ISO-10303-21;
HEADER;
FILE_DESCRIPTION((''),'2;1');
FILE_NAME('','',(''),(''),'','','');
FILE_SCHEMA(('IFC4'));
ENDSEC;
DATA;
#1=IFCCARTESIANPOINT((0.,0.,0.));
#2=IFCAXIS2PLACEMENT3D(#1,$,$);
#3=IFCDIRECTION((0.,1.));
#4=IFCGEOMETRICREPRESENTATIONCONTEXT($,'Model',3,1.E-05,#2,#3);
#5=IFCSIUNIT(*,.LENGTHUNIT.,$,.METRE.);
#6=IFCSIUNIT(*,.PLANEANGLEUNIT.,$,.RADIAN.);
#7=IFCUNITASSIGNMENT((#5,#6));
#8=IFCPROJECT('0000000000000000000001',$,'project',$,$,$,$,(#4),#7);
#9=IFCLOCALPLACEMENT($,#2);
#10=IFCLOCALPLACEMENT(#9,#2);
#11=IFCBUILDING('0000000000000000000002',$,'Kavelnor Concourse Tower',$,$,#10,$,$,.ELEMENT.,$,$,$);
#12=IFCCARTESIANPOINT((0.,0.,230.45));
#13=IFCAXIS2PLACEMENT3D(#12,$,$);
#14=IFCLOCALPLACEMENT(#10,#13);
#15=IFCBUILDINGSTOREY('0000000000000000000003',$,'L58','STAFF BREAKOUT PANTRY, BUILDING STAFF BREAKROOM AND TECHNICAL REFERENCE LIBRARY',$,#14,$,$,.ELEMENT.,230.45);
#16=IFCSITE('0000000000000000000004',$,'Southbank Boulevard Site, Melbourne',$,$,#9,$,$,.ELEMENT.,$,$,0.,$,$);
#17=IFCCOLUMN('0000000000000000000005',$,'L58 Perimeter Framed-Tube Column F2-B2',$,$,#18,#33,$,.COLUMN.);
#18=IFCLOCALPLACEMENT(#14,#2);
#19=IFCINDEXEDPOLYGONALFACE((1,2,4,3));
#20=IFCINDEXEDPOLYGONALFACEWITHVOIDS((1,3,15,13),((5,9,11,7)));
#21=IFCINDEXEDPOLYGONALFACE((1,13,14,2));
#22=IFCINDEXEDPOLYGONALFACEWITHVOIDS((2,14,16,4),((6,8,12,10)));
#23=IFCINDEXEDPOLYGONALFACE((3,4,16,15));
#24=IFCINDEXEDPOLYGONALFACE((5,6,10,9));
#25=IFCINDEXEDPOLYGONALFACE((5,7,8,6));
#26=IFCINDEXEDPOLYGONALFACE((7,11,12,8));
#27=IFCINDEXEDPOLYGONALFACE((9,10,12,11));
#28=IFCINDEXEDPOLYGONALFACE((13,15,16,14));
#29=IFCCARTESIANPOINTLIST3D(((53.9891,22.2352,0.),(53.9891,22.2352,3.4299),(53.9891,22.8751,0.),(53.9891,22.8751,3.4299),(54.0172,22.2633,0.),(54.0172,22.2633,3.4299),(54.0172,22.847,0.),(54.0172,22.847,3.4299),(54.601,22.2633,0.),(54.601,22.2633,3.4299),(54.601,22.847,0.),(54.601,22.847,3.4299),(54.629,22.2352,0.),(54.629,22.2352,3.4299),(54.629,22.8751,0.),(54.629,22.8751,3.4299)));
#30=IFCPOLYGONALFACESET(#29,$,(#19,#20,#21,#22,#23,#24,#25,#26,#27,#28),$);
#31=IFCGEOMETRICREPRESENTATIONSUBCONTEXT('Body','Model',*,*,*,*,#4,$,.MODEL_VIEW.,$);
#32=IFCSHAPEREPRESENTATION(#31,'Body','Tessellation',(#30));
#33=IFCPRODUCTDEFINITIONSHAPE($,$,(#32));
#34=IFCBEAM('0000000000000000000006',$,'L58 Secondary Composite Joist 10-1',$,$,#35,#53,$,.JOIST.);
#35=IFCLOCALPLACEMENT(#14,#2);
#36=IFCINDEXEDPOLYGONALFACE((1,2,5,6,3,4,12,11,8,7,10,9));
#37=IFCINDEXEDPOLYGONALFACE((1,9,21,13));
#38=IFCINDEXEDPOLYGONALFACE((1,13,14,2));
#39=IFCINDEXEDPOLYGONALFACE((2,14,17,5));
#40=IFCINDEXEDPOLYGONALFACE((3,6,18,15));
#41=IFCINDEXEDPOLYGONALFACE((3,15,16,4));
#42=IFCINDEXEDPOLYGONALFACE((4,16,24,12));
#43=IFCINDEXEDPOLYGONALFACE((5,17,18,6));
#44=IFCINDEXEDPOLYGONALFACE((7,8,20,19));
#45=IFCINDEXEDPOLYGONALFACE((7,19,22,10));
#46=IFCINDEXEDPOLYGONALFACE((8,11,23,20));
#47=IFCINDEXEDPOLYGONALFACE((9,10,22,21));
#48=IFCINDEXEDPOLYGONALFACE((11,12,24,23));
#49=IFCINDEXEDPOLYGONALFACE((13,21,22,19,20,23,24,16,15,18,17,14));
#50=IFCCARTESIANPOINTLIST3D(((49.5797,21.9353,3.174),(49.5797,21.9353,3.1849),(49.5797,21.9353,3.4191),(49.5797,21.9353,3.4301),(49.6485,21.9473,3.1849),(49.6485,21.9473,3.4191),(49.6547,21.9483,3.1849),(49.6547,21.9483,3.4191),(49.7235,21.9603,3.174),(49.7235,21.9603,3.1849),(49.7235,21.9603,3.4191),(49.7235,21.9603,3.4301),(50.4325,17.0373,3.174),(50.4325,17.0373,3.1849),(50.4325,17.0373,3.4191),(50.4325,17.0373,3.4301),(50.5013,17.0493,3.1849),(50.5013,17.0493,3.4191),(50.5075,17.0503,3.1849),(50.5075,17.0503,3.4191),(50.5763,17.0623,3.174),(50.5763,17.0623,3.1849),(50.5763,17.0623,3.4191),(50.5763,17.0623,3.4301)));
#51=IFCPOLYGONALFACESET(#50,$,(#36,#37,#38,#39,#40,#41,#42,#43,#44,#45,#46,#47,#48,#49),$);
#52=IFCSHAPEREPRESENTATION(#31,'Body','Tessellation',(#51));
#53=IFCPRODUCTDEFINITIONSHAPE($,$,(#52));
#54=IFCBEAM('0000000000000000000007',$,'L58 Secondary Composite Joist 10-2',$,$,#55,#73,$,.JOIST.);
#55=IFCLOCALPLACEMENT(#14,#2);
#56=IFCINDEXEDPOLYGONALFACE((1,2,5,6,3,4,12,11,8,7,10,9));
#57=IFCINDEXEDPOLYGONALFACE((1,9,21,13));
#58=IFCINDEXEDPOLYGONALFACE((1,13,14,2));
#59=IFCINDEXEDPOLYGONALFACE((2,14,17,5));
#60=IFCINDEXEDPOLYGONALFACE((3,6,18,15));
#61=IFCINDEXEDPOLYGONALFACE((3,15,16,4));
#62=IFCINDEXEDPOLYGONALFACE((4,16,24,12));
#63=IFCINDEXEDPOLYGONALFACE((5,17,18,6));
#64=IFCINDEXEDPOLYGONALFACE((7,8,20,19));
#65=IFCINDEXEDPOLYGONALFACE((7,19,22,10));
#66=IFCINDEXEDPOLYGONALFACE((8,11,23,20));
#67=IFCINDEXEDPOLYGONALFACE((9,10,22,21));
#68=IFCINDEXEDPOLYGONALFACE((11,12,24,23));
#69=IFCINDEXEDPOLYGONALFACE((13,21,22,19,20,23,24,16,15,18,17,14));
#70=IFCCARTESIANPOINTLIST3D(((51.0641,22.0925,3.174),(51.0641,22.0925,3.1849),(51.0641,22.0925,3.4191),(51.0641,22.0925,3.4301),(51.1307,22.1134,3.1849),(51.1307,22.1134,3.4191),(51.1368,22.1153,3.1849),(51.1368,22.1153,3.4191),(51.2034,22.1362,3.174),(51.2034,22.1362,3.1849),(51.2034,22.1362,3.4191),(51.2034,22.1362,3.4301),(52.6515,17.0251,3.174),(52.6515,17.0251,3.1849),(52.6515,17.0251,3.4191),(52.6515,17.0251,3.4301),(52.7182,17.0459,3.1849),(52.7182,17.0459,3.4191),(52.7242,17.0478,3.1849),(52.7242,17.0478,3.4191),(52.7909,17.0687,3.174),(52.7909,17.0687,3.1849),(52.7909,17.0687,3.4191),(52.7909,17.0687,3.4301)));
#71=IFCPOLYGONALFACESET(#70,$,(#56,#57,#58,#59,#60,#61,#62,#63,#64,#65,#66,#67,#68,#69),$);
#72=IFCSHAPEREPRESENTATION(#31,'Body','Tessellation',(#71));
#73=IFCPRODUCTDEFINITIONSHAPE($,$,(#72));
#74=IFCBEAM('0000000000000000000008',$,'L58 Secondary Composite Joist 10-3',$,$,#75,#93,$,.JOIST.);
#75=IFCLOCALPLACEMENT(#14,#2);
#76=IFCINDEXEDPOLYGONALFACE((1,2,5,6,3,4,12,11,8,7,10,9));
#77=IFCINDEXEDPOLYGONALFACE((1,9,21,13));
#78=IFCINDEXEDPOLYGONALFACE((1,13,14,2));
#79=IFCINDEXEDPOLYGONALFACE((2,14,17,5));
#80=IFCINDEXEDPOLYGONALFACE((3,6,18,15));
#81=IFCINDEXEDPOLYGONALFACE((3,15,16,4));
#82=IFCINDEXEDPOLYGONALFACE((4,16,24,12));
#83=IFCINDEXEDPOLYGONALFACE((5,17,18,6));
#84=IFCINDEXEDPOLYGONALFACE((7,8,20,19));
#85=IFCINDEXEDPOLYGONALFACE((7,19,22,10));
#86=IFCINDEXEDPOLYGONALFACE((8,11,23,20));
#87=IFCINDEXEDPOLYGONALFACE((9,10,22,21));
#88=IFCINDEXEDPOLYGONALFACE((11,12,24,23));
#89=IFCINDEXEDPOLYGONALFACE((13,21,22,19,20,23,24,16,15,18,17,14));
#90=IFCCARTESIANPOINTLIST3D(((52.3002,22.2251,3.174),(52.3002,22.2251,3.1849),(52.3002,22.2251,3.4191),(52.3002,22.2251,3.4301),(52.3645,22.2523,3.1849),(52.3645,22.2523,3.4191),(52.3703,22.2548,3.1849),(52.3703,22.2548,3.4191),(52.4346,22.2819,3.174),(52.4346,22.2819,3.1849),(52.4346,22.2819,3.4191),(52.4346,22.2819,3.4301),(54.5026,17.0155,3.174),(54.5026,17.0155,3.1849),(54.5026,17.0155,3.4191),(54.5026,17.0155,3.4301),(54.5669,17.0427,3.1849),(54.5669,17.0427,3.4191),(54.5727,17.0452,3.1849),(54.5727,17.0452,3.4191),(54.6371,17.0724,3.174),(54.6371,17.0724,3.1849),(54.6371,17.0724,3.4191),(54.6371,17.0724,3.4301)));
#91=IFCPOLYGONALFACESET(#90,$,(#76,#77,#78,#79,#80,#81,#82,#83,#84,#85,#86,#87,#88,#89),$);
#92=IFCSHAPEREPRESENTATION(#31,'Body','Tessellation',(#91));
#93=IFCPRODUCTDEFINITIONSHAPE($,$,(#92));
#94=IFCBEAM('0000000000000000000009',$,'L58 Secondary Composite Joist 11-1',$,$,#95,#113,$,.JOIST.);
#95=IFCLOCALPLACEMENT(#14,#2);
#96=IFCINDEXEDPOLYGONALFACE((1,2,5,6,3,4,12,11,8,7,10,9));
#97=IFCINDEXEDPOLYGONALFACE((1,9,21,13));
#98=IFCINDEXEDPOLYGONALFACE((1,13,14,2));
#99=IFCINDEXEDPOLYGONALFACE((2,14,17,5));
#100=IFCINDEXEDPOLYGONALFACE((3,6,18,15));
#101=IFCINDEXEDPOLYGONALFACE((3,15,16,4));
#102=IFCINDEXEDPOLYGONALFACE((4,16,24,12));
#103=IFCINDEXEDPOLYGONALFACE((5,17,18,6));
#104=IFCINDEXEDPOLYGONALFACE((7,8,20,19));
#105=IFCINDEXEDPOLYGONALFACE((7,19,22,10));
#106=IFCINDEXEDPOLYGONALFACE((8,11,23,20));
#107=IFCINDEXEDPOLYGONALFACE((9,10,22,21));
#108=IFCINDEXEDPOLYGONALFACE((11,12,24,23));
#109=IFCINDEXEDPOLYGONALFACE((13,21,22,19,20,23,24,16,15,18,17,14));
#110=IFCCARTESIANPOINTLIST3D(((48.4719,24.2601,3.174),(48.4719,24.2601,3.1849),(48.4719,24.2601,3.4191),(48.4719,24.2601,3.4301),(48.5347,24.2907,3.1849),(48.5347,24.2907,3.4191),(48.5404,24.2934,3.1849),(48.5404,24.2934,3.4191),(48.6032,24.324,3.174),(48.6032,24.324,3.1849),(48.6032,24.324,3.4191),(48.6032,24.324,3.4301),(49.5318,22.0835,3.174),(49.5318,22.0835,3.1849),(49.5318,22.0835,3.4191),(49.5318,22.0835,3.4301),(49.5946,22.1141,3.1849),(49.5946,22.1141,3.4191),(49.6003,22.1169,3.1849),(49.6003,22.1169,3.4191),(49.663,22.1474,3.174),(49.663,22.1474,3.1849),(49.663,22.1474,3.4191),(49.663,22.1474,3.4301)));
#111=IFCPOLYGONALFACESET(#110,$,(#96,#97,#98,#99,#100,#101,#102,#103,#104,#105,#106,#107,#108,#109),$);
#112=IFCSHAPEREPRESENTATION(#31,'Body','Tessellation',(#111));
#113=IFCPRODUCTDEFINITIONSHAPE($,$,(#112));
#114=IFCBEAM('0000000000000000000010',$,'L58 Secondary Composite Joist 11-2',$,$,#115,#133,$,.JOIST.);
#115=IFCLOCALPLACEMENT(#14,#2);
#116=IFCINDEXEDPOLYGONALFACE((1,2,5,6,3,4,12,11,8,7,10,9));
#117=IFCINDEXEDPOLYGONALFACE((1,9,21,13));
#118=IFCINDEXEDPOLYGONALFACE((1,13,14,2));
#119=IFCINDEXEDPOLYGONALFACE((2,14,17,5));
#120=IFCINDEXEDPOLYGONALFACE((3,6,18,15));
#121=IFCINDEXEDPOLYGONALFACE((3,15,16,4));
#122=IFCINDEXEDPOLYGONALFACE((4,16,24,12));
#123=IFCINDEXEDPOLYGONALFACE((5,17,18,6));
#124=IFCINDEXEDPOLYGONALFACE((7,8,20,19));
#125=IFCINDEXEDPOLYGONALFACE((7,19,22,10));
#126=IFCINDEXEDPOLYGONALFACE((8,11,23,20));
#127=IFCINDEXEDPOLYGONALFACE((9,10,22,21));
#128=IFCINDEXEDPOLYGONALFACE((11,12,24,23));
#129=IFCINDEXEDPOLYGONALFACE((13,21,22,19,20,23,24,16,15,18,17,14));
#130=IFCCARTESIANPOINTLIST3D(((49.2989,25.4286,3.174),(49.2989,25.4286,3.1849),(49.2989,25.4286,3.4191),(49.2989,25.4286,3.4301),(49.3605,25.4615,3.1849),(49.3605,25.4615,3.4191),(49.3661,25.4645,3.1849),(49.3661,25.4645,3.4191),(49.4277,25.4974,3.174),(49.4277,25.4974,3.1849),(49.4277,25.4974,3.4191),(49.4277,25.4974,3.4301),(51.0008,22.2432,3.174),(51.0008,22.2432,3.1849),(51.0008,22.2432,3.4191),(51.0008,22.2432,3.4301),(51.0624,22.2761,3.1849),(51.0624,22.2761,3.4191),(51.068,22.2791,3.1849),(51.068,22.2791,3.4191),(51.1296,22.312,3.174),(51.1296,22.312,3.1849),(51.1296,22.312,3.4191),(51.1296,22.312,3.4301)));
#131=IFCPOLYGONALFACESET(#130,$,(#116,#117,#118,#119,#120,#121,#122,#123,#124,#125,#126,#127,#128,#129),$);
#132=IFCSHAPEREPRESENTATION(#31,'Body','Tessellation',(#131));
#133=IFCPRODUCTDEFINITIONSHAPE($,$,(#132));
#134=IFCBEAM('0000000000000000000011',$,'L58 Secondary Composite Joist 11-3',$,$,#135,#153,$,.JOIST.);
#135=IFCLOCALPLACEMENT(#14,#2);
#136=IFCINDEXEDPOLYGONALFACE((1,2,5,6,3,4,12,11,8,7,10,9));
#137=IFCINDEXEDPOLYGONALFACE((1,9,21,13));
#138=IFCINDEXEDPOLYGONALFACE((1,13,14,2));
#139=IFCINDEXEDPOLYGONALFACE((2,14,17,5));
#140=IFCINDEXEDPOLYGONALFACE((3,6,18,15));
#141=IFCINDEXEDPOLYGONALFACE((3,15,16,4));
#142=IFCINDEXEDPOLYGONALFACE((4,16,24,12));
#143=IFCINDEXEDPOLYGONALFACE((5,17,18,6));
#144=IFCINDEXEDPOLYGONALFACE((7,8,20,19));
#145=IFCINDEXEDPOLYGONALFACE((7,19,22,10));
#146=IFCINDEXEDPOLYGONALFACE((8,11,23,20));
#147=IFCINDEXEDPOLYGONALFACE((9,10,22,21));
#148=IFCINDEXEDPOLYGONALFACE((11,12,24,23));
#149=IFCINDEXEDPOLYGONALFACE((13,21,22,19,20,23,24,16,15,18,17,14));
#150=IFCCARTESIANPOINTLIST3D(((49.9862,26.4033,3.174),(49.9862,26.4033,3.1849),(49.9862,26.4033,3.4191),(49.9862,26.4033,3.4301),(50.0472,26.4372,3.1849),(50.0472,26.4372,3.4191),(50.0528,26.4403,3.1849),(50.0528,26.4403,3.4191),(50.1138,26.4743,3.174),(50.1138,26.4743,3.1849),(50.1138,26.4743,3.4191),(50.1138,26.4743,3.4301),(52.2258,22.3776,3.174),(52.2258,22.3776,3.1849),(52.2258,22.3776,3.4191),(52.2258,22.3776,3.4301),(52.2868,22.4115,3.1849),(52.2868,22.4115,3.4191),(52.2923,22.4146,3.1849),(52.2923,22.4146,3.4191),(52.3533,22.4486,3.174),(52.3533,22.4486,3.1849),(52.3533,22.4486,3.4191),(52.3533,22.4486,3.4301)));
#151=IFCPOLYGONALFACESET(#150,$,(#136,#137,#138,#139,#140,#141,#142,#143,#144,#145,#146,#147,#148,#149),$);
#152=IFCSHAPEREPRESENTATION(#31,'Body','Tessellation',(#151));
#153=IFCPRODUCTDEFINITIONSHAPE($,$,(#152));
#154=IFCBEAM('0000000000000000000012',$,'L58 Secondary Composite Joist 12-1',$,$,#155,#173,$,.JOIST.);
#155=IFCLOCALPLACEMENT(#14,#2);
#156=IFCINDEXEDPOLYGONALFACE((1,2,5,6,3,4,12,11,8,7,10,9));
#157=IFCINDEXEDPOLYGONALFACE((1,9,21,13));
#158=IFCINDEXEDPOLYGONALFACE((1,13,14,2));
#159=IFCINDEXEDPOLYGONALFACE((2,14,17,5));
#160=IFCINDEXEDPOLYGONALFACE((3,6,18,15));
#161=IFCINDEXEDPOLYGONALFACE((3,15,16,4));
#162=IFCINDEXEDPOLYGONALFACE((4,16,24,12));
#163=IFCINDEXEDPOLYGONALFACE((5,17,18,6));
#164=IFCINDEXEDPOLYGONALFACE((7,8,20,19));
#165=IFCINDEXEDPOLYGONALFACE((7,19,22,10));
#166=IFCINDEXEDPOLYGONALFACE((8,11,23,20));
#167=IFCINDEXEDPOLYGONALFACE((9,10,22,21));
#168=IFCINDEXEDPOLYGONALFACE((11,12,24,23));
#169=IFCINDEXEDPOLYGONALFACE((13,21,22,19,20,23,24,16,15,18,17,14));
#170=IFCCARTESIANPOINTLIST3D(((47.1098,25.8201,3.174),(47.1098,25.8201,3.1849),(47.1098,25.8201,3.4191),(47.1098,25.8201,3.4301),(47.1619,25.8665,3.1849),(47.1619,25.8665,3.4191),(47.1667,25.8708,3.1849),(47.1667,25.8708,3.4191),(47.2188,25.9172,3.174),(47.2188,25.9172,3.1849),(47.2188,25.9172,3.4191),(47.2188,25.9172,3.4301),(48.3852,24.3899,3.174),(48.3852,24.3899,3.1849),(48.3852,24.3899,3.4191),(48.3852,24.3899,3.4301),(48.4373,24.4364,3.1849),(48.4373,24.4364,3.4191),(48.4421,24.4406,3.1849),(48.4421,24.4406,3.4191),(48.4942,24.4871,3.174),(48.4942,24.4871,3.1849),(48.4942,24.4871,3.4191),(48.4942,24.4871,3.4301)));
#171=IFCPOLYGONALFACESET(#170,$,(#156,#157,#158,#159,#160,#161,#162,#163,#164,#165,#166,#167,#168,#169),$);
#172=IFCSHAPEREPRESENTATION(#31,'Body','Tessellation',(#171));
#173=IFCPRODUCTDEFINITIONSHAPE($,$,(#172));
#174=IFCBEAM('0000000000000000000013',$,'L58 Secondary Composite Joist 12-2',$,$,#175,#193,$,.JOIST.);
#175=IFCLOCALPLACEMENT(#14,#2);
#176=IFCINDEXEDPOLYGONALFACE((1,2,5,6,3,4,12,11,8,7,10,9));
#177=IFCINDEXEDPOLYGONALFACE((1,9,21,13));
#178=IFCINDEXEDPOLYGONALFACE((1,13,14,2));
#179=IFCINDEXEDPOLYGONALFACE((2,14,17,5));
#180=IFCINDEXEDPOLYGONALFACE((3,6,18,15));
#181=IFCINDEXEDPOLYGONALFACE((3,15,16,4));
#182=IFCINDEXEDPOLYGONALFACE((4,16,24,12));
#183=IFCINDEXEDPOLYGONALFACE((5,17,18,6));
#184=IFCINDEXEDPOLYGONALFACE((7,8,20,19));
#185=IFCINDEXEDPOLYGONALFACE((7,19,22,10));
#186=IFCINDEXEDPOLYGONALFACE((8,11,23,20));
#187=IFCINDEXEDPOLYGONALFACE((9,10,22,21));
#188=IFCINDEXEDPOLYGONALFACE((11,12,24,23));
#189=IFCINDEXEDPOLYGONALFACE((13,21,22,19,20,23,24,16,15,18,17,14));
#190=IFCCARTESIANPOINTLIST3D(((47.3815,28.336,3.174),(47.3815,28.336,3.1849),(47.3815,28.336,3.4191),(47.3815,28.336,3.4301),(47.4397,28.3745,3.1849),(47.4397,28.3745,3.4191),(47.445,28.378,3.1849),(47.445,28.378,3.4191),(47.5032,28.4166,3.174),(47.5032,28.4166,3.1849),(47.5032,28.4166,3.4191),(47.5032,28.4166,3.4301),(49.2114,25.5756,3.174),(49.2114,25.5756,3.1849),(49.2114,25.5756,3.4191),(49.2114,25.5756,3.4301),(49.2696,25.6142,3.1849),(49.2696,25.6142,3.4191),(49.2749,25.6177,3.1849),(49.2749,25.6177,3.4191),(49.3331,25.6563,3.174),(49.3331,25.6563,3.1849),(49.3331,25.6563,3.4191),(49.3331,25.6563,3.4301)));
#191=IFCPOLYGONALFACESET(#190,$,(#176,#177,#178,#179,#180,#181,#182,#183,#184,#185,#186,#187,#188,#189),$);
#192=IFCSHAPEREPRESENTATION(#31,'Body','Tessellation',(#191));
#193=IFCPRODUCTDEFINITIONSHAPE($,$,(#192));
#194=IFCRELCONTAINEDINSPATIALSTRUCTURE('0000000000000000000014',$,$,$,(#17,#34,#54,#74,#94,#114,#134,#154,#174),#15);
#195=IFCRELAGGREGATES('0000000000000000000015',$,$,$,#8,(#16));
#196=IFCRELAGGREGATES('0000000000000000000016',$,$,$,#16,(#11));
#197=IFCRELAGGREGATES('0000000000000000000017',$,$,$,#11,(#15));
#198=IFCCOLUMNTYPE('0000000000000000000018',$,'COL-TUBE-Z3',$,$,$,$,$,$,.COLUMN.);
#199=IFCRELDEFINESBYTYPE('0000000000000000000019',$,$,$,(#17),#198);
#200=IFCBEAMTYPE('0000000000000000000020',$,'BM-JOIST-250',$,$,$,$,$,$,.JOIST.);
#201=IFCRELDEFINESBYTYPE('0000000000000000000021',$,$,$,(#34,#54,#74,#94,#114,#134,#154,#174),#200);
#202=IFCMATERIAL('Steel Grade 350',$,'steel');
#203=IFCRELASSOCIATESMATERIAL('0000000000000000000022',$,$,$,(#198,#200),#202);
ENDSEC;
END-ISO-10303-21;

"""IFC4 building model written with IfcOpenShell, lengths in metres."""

from ifc_helpers import new_model, si_unit, direction, frame, origin, origin_2d, place, context, subcontext, project, spatial, hollow_rectangle, i_section, extrude, material, material_profile, profile_set, type_object, element, save


model = new_model("IFC4")

# Units and contexts
model_context = context("Model", 3, precision=1e-05, world=origin(), true_north=direction((0.0, 1.0)))
body_context = subcontext(model_context, "Body", "Model", "MODEL_VIEW")
ifc_project = project(units=[si_unit("LENGTHUNIT", "METRE"), si_unit("PLANEANGLEUNIT", "RADIAN")], contexts=[model_context])

# Site, building, storey
site_placement = place(None, origin())
site = spatial("IfcSite", under=ifc_project, at=site_placement, Name="Southbank Boulevard Site, Melbourne", CompositionType="ELEMENT", RefElevation=0.0)
building_placement = place(site_placement, origin())
building = spatial("IfcBuilding", under=site, at=building_placement, Name="Kavelnor Concourse Tower", CompositionType="ELEMENT")
storey_placement = place(building_placement, frame((0.0, 0.0, 230.45)))
storey = spatial("IfcBuildingStorey", under=building, at=storey_placement, Name="L58", Description="STAFF BREAKOUT PANTRY, BUILDING STAFF BREAKROOM AND TECHNICAL REFERENCE LIBRARY", CompositionType="ELEMENT", Elevation=230.45)

# Column
ifc_material_1 = material(Name="Steel Grade 350", Category="steel")
ifc_material_profile_1 = material_profile(ifc_material_1, hollow_rectangle(XDim=0.6399, YDim=0.6399, WallThickness=0.0281, at=origin_2d()), Name="SHS 640x640x28")
ifc_profile_set_1 = profile_set([ifc_material_profile_1], Name="Steel Grade 350")
column_type = type_object("IfcColumnType", Name="COL-TUBE-Z3", PredefinedType="COLUMN", material=ifc_profile_set_1)
column_placement = place(storey_placement, frame((54.3091, 22.5552, 0.0), z_axis=(0.0, 0.0, 1.0), x_axis=(1.0, 0.0, 0.0)))
element("IfcColumn", 1, at=column_placement, inside=storey, type_object=column_type, Name="L58 Perimeter Framed-Tube Column F2-B2", PredefinedType="COLUMN", context=body_context, shape_type="SweptSolid", body=[
    extrude(hollow_rectangle(XDim=0.6399, YDim=0.6399, WallThickness=0.0281, at=origin_2d()), origin(), (0.0, 0.0, 1.0), 3.4299),
])

# Beams
ifc_material_profile_2 = material_profile(ifc_material_1, i_section(OverallWidth=0.146, OverallDepth=0.2561, WebThickness=0.0063, FlangeThickness=0.011, at=origin_2d()), Name="250UB37")
ifc_profile_set_2 = profile_set([ifc_material_profile_2], Name="Steel Grade 350")
beam_type_1 = type_object("IfcBeamType", Name="BM-JOIST-250", PredefinedType="JOIST", material=ifc_profile_set_2)
beam_1_placement = place(storey_placement, frame((50.5044, 17.0498, 3.302), z_axis=(-0.17153, 0.985179, 0.0), x_axis=(-0.985179, -0.17153, 0.0)))
element("IfcBeam", 2, at=beam_1_placement, inside=storey, type_object=beam_type_1, Name="L58 Secondary Composite Joist 10-1", PredefinedType="JOIST", context=body_context, shape_type="SweptSolid", body=[
    extrude(i_section(OverallWidth=0.146, OverallDepth=0.2561, WebThickness=0.0063, FlangeThickness=0.011, at=origin_2d()), origin(), (0.0, 0.0, 1.0), 4.9717),
])
beam_2_placement = place(storey_placement, frame((52.7212, 17.0469, 3.302), z_axis=(-0.298935, 0.954274, 0.0), x_axis=(-0.954274, -0.298935, 0.0)))
element("IfcBeam", 3, at=beam_2_placement, inside=storey, type_object=beam_type_1, Name="L58 Secondary Composite Joist 10-2", PredefinedType="JOIST", context=body_context, shape_type="SweptSolid", body=[
    extrude(i_section(OverallWidth=0.146, OverallDepth=0.2561, WebThickness=0.0063, FlangeThickness=0.011, at=origin_2d()), origin(), (0.0, 0.0, 1.0), 5.3103),
])
beam_3_placement = place(storey_placement, frame((54.5698, 17.0439, 3.302), z_axis=(-0.389398, 0.92107, 0.0), x_axis=(-0.92107, -0.389398, 0.0)))
element("IfcBeam", 4, at=beam_3_placement, inside=storey, type_object=beam_type_1, Name="L58 Secondary Composite Joist 10-3", PredefinedType="JOIST", context=body_context, shape_type="SweptSolid", body=[
    extrude(i_section(OverallWidth=0.146, OverallDepth=0.2561, WebThickness=0.0063, FlangeThickness=0.011, at=origin_2d()), origin(), (0.0, 0.0, 1.0), 5.656),
])
beam_4_placement = place(storey_placement, frame((49.5974, 22.1155, 3.302), z_axis=(-0.43779, 0.899077, 0.0), x_axis=(-0.899077, -0.43779, 0.0)))
element("IfcBeam", 5, at=beam_4_placement, inside=storey, type_object=beam_type_1, Name="L58 Secondary Composite Joist 11-1", PredefinedType="JOIST", context=body_context, shape_type="SweptSolid", body=[
    extrude(i_section(OverallWidth=0.146, OverallDepth=0.2561, WebThickness=0.0063, FlangeThickness=0.011, at=origin_2d()), origin(), (0.0, 0.0, 1.0), 2.4209),
])
beam_5_placement = place(storey_placement, frame((51.0652, 22.2776, 3.302), z_axis=(-0.471223, 0.882014, 0.0), x_axis=(-0.882014, -0.471223, 0.0)))
element("IfcBeam", 6, at=beam_5_placement, inside=storey, type_object=beam_type_1, Name="L58 Secondary Composite Joist 11-2", PredefinedType="JOIST", context=body_context, shape_type="SweptSolid", body=[
    extrude(i_section(OverallWidth=0.146, OverallDepth=0.2561, WebThickness=0.0063, FlangeThickness=0.011, at=origin_2d()), origin(), (0.0, 0.0, 1.0), 3.6116),
])
beam_6_placement = place(storey_placement, frame((52.2896, 22.4131, 3.302), z_axis=(-0.486147, 0.873877, 0.0), x_axis=(-0.873877, -0.486147, 0.0)))
element("IfcBeam", 7, at=beam_6_placement, inside=storey, type_object=beam_type_1, Name="L58 Secondary Composite Joist 11-3", PredefinedType="JOIST", context=body_context, shape_type="SweptSolid", body=[
    extrude(i_section(OverallWidth=0.146, OverallDepth=0.2561, WebThickness=0.0063, FlangeThickness=0.011, at=origin_2d()), origin(), (0.0, 0.0, 1.0), 4.6067),
])
beam_7_placement = place(storey_placement, frame((48.4397, 24.4385, 3.302), z_axis=(-0.665565, 0.74634, 0.0), x_axis=(-0.74634, -0.665565, 0.0)))
element("IfcBeam", 8, at=beam_7_placement, inside=storey, type_object=beam_type_1, Name="L58 Secondary Composite Joist 12-1", PredefinedType="JOIST", context=body_context, shape_type="SweptSolid", body=[
    extrude(i_section(OverallWidth=0.146, OverallDepth=0.2561, WebThickness=0.0063, FlangeThickness=0.011, at=origin_2d()), origin(), (0.0, 0.0, 1.0), 1.9163),
])
beam_8_placement = place(storey_placement, frame((49.2722, 25.616, 3.302), z_axis=(-0.552538, 0.833488, 0.0), x_axis=(-0.833488, -0.552538, 0.0)))
element("IfcBeam", 9, at=beam_8_placement, inside=storey, type_object=beam_type_1, Name="L58 Secondary Composite Joist 12-2", PredefinedType="JOIST", context=body_context, shape_type="SweptSolid", body=[
    extrude(i_section(OverallWidth=0.146, OverallDepth=0.2561, WebThickness=0.0063, FlangeThickness=0.011, at=origin_2d()), origin(), (0.0, 0.0, 1.0), 3.3118),
])

save(model, "model.ifc")
